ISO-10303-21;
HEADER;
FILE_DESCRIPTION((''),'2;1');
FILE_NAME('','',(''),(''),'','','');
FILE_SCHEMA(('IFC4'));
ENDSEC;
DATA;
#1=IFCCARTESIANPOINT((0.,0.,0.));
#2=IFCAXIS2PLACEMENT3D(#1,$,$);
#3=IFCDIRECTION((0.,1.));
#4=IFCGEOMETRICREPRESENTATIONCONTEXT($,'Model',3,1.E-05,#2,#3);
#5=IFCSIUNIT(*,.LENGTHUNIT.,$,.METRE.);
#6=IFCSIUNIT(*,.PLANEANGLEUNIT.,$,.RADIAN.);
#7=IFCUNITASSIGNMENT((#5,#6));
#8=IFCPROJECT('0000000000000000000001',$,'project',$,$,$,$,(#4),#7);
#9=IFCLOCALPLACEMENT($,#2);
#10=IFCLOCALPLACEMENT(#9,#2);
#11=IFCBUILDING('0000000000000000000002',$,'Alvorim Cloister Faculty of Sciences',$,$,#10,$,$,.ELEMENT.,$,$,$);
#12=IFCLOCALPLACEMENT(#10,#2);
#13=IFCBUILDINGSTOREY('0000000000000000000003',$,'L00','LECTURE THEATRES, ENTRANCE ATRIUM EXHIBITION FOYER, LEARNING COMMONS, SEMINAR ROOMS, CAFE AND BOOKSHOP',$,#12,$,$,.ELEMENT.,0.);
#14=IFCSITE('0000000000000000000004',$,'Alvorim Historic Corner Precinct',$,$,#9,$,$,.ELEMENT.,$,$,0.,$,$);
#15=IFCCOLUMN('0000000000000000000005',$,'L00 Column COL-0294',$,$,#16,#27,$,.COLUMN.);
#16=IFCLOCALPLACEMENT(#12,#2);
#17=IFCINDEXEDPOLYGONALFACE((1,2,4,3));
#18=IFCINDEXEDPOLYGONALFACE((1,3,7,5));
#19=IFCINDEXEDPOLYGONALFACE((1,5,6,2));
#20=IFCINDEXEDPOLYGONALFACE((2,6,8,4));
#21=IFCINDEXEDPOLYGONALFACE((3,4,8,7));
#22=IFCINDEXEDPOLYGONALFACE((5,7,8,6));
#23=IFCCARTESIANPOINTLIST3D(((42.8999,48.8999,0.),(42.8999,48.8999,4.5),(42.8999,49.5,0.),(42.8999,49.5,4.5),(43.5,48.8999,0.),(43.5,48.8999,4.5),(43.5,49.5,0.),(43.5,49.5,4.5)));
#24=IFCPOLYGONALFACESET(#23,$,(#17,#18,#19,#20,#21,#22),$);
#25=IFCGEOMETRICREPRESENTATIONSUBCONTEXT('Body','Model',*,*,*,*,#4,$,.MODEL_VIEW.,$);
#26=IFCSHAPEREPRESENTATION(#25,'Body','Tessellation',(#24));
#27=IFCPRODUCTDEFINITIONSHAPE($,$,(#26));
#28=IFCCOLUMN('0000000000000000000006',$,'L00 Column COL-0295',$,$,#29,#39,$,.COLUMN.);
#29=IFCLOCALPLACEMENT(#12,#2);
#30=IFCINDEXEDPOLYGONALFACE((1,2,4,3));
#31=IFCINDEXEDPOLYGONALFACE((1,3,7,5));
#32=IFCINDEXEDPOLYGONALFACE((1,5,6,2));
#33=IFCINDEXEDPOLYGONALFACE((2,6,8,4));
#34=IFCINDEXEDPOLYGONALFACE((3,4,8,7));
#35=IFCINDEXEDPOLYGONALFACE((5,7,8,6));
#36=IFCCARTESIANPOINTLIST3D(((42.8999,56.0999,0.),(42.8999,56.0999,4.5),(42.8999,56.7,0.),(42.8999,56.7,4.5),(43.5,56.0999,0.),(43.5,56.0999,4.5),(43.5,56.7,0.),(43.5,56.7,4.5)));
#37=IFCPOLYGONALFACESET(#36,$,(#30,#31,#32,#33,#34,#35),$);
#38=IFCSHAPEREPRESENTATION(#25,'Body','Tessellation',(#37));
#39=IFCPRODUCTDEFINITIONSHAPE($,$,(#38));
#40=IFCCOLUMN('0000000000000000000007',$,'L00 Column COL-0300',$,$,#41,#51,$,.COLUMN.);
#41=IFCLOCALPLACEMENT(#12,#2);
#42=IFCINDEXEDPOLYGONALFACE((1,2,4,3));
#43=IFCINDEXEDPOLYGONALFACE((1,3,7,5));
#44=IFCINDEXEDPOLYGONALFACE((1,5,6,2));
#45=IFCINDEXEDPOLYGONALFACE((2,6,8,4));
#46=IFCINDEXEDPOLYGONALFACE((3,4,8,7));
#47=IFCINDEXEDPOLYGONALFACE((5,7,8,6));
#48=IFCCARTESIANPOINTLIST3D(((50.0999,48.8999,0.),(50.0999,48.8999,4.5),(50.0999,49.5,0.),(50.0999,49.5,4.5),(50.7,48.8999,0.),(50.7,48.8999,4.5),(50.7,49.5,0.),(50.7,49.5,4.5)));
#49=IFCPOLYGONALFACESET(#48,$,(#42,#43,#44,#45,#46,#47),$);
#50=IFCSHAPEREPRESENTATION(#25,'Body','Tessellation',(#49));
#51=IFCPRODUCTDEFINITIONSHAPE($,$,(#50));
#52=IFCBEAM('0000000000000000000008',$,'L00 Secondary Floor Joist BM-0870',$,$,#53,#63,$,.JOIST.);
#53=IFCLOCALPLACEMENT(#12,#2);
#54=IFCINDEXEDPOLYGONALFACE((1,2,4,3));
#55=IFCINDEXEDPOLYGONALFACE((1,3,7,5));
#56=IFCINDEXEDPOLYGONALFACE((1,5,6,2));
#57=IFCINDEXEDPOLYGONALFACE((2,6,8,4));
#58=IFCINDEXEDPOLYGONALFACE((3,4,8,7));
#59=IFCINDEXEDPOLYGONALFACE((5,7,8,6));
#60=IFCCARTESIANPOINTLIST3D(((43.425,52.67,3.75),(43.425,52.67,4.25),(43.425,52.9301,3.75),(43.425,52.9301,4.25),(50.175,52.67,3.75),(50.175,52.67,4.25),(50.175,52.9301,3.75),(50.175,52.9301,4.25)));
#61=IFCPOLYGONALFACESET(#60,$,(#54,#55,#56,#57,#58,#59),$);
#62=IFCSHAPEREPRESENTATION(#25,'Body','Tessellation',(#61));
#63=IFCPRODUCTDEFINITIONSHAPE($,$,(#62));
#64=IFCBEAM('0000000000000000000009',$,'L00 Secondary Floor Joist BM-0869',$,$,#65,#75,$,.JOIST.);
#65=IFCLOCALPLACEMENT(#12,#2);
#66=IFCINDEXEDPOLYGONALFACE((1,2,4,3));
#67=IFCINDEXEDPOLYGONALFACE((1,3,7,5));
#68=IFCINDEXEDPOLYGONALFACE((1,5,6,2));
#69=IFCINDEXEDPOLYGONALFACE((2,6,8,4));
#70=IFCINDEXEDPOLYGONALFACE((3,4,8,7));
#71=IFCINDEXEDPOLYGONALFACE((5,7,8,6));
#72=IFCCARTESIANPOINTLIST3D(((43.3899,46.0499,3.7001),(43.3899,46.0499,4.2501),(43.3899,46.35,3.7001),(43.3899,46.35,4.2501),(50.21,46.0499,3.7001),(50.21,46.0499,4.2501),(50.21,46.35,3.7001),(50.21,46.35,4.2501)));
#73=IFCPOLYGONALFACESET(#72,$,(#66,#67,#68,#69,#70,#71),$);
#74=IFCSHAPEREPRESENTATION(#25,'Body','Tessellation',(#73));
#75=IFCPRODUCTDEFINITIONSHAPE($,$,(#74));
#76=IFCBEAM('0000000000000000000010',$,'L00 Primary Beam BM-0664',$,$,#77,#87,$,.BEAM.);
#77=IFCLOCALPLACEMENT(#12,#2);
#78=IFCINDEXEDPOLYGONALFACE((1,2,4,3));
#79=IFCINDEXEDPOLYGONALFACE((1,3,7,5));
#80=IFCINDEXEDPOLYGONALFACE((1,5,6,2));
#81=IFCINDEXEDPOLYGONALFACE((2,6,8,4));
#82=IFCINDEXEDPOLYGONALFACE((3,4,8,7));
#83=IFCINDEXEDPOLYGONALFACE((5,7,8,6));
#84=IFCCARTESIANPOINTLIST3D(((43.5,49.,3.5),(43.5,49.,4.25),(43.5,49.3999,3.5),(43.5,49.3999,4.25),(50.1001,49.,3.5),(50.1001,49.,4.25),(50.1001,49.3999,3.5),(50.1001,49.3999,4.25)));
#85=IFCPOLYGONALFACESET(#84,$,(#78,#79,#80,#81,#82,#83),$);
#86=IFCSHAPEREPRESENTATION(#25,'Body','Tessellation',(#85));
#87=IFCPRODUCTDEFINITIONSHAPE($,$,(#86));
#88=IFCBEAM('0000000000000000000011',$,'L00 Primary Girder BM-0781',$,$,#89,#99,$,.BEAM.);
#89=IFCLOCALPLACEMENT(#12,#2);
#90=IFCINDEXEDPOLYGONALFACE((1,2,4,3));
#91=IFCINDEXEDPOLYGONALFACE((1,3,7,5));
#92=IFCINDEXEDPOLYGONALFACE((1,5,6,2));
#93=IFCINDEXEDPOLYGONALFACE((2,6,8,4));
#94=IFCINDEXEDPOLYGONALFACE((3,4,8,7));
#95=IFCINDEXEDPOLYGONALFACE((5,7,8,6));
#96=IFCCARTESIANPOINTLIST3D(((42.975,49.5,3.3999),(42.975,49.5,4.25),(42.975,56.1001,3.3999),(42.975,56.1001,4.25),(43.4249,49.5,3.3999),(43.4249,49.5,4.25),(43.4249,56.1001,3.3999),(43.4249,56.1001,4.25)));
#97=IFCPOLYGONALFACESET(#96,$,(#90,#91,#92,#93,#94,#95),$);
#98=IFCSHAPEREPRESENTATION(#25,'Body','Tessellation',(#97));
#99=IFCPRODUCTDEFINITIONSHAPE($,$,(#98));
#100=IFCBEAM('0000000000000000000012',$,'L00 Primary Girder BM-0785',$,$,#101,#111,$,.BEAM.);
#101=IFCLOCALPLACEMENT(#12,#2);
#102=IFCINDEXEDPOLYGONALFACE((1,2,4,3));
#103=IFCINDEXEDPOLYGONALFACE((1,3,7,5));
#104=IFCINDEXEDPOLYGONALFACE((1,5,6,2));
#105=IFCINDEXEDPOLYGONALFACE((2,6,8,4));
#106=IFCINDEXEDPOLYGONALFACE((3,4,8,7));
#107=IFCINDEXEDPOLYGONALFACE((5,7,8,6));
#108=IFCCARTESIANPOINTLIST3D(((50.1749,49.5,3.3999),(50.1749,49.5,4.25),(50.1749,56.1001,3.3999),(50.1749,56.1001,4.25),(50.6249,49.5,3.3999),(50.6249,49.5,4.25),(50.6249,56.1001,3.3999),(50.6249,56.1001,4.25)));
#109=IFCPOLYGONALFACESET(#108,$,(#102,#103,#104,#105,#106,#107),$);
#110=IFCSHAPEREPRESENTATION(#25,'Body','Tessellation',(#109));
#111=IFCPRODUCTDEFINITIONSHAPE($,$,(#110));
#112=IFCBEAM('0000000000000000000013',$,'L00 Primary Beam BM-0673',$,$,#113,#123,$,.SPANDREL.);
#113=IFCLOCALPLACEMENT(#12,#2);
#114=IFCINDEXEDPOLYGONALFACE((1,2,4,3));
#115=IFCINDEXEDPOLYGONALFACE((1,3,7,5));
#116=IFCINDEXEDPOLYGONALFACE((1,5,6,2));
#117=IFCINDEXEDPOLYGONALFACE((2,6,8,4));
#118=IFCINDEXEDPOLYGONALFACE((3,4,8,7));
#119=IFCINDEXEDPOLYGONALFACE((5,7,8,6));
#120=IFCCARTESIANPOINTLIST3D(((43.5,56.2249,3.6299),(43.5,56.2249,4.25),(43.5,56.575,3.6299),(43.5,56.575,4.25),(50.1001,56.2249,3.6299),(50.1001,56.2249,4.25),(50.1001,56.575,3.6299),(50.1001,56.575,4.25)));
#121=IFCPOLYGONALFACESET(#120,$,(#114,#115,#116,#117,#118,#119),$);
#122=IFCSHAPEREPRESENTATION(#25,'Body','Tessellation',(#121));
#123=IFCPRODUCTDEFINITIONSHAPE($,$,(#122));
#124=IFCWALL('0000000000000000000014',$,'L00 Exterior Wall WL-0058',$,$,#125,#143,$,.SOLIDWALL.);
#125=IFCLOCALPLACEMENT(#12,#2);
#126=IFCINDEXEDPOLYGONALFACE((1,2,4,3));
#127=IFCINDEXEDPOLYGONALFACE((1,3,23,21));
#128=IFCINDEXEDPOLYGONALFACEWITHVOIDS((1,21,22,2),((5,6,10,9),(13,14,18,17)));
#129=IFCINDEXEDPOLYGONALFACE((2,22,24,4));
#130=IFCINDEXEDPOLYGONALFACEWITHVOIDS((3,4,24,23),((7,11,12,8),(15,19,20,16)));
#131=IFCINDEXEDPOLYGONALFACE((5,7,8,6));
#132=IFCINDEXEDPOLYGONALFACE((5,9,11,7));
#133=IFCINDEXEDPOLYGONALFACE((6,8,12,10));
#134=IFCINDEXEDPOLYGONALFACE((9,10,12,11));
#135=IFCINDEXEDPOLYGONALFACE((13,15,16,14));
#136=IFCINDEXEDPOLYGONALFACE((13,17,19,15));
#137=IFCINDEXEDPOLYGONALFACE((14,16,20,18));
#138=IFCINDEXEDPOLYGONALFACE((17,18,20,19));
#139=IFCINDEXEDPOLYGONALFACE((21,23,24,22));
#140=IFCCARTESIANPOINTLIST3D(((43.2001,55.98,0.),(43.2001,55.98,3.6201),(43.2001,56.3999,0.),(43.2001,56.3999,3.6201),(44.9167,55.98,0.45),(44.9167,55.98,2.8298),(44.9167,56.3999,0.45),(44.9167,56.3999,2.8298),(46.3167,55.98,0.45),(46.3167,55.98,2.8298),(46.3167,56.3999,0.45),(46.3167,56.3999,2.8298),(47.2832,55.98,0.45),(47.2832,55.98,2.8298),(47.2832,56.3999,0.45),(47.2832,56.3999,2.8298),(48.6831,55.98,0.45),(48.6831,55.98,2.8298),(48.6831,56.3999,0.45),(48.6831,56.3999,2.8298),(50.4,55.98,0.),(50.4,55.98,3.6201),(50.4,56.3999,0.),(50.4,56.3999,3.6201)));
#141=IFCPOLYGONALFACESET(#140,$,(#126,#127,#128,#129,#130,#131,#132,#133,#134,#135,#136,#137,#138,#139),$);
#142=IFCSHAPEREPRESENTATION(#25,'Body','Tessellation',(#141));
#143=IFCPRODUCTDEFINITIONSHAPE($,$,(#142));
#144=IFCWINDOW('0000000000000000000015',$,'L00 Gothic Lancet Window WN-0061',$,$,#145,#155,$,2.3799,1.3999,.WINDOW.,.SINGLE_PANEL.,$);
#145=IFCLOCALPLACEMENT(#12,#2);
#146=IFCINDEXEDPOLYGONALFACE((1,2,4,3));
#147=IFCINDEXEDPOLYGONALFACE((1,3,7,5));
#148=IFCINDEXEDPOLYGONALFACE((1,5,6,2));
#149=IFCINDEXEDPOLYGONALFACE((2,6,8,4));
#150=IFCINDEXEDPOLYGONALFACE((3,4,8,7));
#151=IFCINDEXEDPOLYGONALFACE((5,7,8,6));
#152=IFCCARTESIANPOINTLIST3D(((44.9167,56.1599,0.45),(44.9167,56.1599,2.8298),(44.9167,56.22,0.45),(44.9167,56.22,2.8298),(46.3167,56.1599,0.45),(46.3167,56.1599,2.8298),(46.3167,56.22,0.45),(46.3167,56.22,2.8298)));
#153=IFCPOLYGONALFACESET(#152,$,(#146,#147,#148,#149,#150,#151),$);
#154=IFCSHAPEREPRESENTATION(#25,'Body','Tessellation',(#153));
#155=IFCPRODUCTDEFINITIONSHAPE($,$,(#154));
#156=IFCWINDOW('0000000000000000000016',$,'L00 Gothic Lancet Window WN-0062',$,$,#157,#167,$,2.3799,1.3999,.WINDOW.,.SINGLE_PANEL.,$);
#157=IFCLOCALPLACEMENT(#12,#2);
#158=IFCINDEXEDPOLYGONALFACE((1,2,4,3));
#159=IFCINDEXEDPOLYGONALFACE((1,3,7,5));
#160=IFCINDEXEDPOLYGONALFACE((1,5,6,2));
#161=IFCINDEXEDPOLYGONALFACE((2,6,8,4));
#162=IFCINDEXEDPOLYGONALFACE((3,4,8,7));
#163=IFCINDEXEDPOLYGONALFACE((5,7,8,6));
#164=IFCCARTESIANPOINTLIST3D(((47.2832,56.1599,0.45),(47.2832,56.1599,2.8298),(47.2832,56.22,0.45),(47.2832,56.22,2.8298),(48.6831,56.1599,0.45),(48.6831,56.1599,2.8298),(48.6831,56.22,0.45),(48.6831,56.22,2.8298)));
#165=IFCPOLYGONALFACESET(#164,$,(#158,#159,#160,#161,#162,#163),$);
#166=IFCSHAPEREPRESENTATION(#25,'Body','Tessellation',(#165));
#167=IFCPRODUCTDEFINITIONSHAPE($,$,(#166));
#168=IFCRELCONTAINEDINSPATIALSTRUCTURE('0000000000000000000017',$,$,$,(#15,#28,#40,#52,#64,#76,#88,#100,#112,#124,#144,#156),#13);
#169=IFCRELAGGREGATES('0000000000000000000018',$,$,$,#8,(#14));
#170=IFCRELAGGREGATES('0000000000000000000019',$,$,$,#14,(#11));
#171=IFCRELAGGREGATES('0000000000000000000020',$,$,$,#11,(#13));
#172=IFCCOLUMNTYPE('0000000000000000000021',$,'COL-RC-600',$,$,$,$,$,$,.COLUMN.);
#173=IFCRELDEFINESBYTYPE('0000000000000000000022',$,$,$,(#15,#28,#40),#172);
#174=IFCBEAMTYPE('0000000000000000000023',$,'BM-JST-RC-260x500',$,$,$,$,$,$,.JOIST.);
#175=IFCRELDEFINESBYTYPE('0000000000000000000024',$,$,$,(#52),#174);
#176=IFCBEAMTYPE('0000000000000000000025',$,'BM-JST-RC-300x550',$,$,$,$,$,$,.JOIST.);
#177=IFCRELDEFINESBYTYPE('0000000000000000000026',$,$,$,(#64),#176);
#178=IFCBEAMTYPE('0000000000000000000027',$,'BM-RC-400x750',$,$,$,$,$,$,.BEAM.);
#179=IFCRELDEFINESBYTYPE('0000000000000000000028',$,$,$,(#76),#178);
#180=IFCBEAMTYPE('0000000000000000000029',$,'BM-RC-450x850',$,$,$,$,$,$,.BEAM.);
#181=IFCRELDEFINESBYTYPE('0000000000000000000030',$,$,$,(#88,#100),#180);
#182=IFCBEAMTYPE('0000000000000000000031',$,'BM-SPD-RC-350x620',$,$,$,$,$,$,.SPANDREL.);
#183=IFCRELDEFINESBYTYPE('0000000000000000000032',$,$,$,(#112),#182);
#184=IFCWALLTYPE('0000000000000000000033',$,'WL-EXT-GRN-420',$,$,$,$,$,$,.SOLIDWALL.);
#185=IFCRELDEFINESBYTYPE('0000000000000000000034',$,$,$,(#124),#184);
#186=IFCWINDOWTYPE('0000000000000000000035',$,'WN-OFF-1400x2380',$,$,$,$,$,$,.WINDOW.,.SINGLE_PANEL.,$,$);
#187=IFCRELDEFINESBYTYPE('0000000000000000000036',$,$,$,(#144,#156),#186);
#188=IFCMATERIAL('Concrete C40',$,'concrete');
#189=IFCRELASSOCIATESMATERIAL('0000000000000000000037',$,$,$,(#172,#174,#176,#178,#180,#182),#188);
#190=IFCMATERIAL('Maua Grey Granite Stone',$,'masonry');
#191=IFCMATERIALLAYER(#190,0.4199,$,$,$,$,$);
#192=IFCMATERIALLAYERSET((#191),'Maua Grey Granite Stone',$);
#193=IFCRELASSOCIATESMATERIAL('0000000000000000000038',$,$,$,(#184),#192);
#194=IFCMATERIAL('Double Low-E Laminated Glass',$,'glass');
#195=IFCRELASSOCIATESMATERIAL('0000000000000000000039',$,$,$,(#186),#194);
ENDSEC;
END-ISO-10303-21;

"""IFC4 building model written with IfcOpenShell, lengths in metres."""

from ifc_helpers import new_model, si_unit, direction, frame, frame_2d, origin, origin_2d, place, context, subcontext, project, spatial, rectangle, extrude, material, layer, layer_set, material_profile, profile_set, type_object, element, fill, save


model = new_model("IFC4")

# Units and contexts
model_context = context("Model", 3, precision=1e-05, world=origin(), true_north=direction((0.0, 1.0)))
body_context = subcontext(model_context, "Body", "Model", "MODEL_VIEW")
ifc_project = project(units=[si_unit("LENGTHUNIT", "METRE"), si_unit("PLANEANGLEUNIT", "RADIAN")], contexts=[model_context])

# Site, building, storey
site_placement = place(None, origin())
site = spatial("IfcSite", under=ifc_project, at=site_placement, Name="Alvorim Historic Corner Precinct", CompositionType="ELEMENT", RefElevation=0.0)
building_placement = place(site_placement, origin())
building = spatial("IfcBuilding", under=site, at=building_placement, Name="Alvorim Cloister Faculty of Sciences", CompositionType="ELEMENT")
storey_placement = place(building_placement, origin())
storey = spatial("IfcBuildingStorey", under=building, at=storey_placement, Name="L00", Description="LECTURE THEATRES, ENTRANCE ATRIUM EXHIBITION FOYER, LEARNING COMMONS, SEMINAR ROOMS, CAFE AND BOOKSHOP", CompositionType="ELEMENT", Elevation=0.0)

# Columns
ifc_material_1 = material(Name="Concrete C40", Category="concrete")
ifc_material_profile_1 = material_profile(ifc_material_1, rectangle(XDim=0.6001, YDim=0.6001, at=origin_2d()), Name="RC40-COL-600x600")
ifc_profile_set_1 = profile_set([ifc_material_profile_1], Name="Concrete C40")
column_type = type_object("IfcColumnType", Name="COL-RC-600", PredefinedType="COLUMN", material=ifc_profile_set_1)
for number, where, z_axis, x_axis, name in (
    (1, (43.2, 49.2, 0.0), (0.0, 0.0, 1.0), (1.0, 0.0, 0.0), "L00 Column COL-0294"),
    (2, (43.2, 56.3999, 0.0), (0.0, 0.0, 1.0), (1.0, 0.0, 0.0), "L00 Column COL-0295"),
    (3, (50.3999, 49.2, 0.0), (0.0, 0.0, 1.0), (1.0, 0.0, 0.0), "L00 Column COL-0300"),
):
    element("IfcColumn", number, at=place(storey_placement, frame(where, z_axis=z_axis, x_axis=x_axis)), inside=storey, type_object=column_type, Name=name, PredefinedType="COLUMN", context=body_context, shape_type="SweptSolid", body=[
        extrude(rectangle(XDim=0.6001, YDim=0.6001, at=origin_2d()), origin(), (0.0, 0.0, 1.0), 4.5),
    ])

# Beams
ifc_material_profile_2 = material_profile(ifc_material_1, rectangle(XDim=0.26, YDim=0.5, at=origin_2d()), Name="RC40-JST-260x500")
ifc_profile_set_2 = profile_set([ifc_material_profile_2], Name="Concrete C40")
beam_type_1 = type_object("IfcBeamType", Name="BM-JST-RC-260x500", PredefinedType="JOIST", material=ifc_profile_set_2)
beam_1_placement = place(storey_placement, frame((43.425, 52.8, 4.0), z_axis=(1.0, 0.0, 0.0), x_axis=(0.0, 1.0, 0.0)))
element("IfcBeam", 4, at=beam_1_placement, inside=storey, type_object=beam_type_1, Name="L00 Secondary Floor Joist BM-0870", PredefinedType="JOIST", context=body_context, shape_type="SweptSolid", body=[
    extrude(rectangle(XDim=0.26, YDim=0.5, at=origin_2d()), origin(), (0.0, 0.0, 1.0), 6.75),
])
ifc_material_profile_3 = material_profile(ifc_material_1, rectangle(XDim=0.3, YDim=0.55, at=origin_2d()), Name="RC40-JST-300x550")
ifc_profile_set_3 = profile_set([ifc_material_profile_3], Name="Concrete C40")
beam_type_2 = type_object("IfcBeamType", Name="BM-JST-RC-300x550", PredefinedType="JOIST", material=ifc_profile_set_3)
beam_2_placement = place(storey_placement, frame((43.3899, 46.2, 3.9751), z_axis=(1.0, 0.0, 0.0), x_axis=(0.0, 1.0, 0.0)))
element("IfcBeam", 5, at=beam_2_placement, inside=storey, type_object=beam_type_2, Name="L00 Secondary Floor Joist BM-0869", PredefinedType="JOIST", context=body_context, shape_type="SweptSolid", body=[
    extrude(rectangle(XDim=0.3, YDim=0.55, at=origin_2d()), origin(), (0.0, 0.0, 1.0), 6.8201),
])
ifc_material_profile_4 = material_profile(ifc_material_1, rectangle(XDim=0.3999, YDim=0.75, at=origin_2d()), Name="RC40-BM-400x750")
ifc_profile_set_4 = profile_set([ifc_material_profile_4], Name="Concrete C40")
beam_type_3 = type_object("IfcBeamType", Name="BM-RC-400x750", PredefinedType="BEAM", material=ifc_profile_set_4)
beam_3_placement = place(storey_placement, frame((43.5, 49.2, 3.875), z_axis=(1.0, 0.0, 0.0), x_axis=(0.0, 1.0, 0.0)))
element("IfcBeam", 6, at=beam_3_placement, inside=storey, type_object=beam_type_3, Name="L00 Primary Beam BM-0664", PredefinedType="BEAM", context=body_context, shape_type="SweptSolid", body=[
    extrude(rectangle(XDim=0.3999, YDim=0.75, at=origin_2d()), origin(), (0.0, 0.0, 1.0), 6.6001),
])
ifc_material_profile_5 = material_profile(ifc_material_1, rectangle(XDim=0.45, YDim=0.8501, at=origin_2d()), Name="RC40-BM-450x850")
ifc_profile_set_5 = profile_set([ifc_material_profile_5], Name="Concrete C40")
beam_type_4 = type_object("IfcBeamType", Name="BM-RC-450x850", PredefinedType="BEAM", material=ifc_profile_set_5)
for number, where, z_axis, x_axis, name in (
    (7, (43.2, 49.5, 3.825), (0.0, 1.0, 0.0), (-1.0, 0.0, 0.0), "L00 Primary Girder BM-0781"),
    (8, (50.3999, 49.5, 3.825), (0.0, 1.0, 0.0), (-1.0, 0.0, 0.0), "L00 Primary Girder BM-0785"),
):
    element("IfcBeam", number, at=place(storey_placement, frame(where, z_axis=z_axis, x_axis=x_axis)), inside=storey, type_object=beam_type_4, Name=name, PredefinedType="BEAM", context=body_context, shape_type="SweptSolid", body=[
        extrude(rectangle(XDim=0.45, YDim=0.8501, at=origin_2d()), origin(), (0.0, 0.0, 1.0), 6.6001),
    ])
ifc_material_profile_6 = material_profile(ifc_material_1, rectangle(XDim=0.3501, YDim=0.6201, at=origin_2d()), Name="RC40-SPD-350x620")
ifc_profile_set_6 = profile_set([ifc_material_profile_6], Name="Concrete C40")
beam_type_5 = type_object("IfcBeamType", Name="BM-SPD-RC-350x620", PredefinedType="SPANDREL", material=ifc_profile_set_6)
beam_4_placement = place(storey_placement, frame((43.5, 56.3999, 3.9399), z_axis=(1.0, 0.0, 0.0), x_axis=(0.0, 1.0, 0.0)))
element("IfcBeam", 9, at=beam_4_placement, inside=storey, type_object=beam_type_5, Name="L00 Primary Beam BM-0673", PredefinedType="SPANDREL", context=body_context, shape_type="SweptSolid", body=[
    extrude(rectangle(XDim=0.3501, YDim=0.6201, at=origin_2d()), origin(), (0.0, 0.0, 1.0), 6.6001),
])

# Wall, openings, windows
ifc_material_2 = material(Name="Maua Grey Granite Stone", Category="masonry")
ifc_layer_1 = layer(ifc_material_2, 0.4199)
ifc_layer_set_1 = layer_set([ifc_layer_1], Name="Maua Grey Granite Stone")
wall_type_1 = type_object("IfcWallType", Name="WL-EXT-GRN-420", PredefinedType="SOLIDWALL", material=ifc_layer_set_1)
wall_1_placement = place(storey_placement, frame((43.2, 56.1899, 0.0), z_axis=(0.0, 0.0, 1.0), x_axis=(1.0, 0.0, 0.0)))
wall_1 = element("IfcWall", 10, at=wall_1_placement, inside=storey, type_object=wall_type_1, Name="L00 Exterior Wall WL-0058", PredefinedType="SOLIDWALL", context=body_context, shape_type="SweptSolid", body=[
    extrude(rectangle(XDim=7.2, YDim=0.4199, at=frame_2d((3.6001, 0.0))), origin(), (0.0, 0.0, 1.0), 3.6201),
])
opening_1_placement = place(wall_1_placement, frame((1.7168, 0.0, 0.45)))
opening_1 = element("IfcOpeningElement", 11, at=opening_1_placement, cuts=wall_1, PredefinedType="OPENING", context=body_context, shape_type="SweptSolid", body=[
    extrude(rectangle(XDim=1.3999, YDim=2.3799, at=frame_2d((0.7, 1.1899))), frame((0.0, 0.2219, 0.0), z_axis=(0.0, -1.0, 0.0), x_axis=(1.0, 0.0, 0.0)), (0.0, 0.0, 1.0), 0.4438),
])
opening_2_placement = place(wall_1_placement, frame((4.0833, 0.0, 0.45)))
opening_2 = element("IfcOpeningElement", 12, at=opening_2_placement, cuts=wall_1, PredefinedType="OPENING", context=body_context, shape_type="SweptSolid", body=[
    extrude(rectangle(XDim=1.3999, YDim=2.3799, at=frame_2d((0.7, 1.1899))), frame((0.0, 0.2219, 0.0), z_axis=(0.0, -1.0, 0.0), x_axis=(1.0, 0.0, 0.0)), (0.0, 0.0, 1.0), 0.4438),
])
ifc_material_3 = material(Name="Double Low-E Laminated Glass", Category="glass")
window_type = type_object("IfcWindowType", Name="WN-OFF-1400x2380", PartitioningType="SINGLE_PANEL", PredefinedType="WINDOW", material=ifc_material_3)
window_1_placement = place(opening_1_placement, origin())
window_1 = element("IfcWindow", 13, at=window_1_placement, inside=storey, type_object=window_type, Name="L00 Gothic Lancet Window WN-0061", OverallHeight=2.3799, OverallWidth=1.3999, PartitioningType="SINGLE_PANEL", PredefinedType="WINDOW", context=body_context, shape_type="SweptSolid", body=[
    extrude(rectangle(XDim=1.3999, YDim=2.3799, at=frame_2d((0.7, 1.1899))), frame((0.0, 0.03, 0.0), z_axis=(0.0, -1.0, 0.0), x_axis=(1.0, 0.0, 0.0)), (0.0, 0.0, 1.0), 0.0601),
])
fill(opening_1, window_1)
window_2_placement = place(opening_2_placement, origin())
window_2 = element("IfcWindow", 14, at=window_2_placement, inside=storey, type_object=window_type, Name="L00 Gothic Lancet Window WN-0062", OverallHeight=2.3799, OverallWidth=1.3999, PartitioningType="SINGLE_PANEL", PredefinedType="WINDOW", context=body_context, shape_type="SweptSolid", body=[
    extrude(rectangle(XDim=1.3999, YDim=2.3799, at=frame_2d((0.7, 1.1899))), frame((0.0, 0.03, 0.0), z_axis=(0.0, -1.0, 0.0), x_axis=(1.0, 0.0, 0.0)), (0.0, 0.0, 1.0), 0.0601),
])
fill(opening_2, window_2)

save(model, "model.ifc")
